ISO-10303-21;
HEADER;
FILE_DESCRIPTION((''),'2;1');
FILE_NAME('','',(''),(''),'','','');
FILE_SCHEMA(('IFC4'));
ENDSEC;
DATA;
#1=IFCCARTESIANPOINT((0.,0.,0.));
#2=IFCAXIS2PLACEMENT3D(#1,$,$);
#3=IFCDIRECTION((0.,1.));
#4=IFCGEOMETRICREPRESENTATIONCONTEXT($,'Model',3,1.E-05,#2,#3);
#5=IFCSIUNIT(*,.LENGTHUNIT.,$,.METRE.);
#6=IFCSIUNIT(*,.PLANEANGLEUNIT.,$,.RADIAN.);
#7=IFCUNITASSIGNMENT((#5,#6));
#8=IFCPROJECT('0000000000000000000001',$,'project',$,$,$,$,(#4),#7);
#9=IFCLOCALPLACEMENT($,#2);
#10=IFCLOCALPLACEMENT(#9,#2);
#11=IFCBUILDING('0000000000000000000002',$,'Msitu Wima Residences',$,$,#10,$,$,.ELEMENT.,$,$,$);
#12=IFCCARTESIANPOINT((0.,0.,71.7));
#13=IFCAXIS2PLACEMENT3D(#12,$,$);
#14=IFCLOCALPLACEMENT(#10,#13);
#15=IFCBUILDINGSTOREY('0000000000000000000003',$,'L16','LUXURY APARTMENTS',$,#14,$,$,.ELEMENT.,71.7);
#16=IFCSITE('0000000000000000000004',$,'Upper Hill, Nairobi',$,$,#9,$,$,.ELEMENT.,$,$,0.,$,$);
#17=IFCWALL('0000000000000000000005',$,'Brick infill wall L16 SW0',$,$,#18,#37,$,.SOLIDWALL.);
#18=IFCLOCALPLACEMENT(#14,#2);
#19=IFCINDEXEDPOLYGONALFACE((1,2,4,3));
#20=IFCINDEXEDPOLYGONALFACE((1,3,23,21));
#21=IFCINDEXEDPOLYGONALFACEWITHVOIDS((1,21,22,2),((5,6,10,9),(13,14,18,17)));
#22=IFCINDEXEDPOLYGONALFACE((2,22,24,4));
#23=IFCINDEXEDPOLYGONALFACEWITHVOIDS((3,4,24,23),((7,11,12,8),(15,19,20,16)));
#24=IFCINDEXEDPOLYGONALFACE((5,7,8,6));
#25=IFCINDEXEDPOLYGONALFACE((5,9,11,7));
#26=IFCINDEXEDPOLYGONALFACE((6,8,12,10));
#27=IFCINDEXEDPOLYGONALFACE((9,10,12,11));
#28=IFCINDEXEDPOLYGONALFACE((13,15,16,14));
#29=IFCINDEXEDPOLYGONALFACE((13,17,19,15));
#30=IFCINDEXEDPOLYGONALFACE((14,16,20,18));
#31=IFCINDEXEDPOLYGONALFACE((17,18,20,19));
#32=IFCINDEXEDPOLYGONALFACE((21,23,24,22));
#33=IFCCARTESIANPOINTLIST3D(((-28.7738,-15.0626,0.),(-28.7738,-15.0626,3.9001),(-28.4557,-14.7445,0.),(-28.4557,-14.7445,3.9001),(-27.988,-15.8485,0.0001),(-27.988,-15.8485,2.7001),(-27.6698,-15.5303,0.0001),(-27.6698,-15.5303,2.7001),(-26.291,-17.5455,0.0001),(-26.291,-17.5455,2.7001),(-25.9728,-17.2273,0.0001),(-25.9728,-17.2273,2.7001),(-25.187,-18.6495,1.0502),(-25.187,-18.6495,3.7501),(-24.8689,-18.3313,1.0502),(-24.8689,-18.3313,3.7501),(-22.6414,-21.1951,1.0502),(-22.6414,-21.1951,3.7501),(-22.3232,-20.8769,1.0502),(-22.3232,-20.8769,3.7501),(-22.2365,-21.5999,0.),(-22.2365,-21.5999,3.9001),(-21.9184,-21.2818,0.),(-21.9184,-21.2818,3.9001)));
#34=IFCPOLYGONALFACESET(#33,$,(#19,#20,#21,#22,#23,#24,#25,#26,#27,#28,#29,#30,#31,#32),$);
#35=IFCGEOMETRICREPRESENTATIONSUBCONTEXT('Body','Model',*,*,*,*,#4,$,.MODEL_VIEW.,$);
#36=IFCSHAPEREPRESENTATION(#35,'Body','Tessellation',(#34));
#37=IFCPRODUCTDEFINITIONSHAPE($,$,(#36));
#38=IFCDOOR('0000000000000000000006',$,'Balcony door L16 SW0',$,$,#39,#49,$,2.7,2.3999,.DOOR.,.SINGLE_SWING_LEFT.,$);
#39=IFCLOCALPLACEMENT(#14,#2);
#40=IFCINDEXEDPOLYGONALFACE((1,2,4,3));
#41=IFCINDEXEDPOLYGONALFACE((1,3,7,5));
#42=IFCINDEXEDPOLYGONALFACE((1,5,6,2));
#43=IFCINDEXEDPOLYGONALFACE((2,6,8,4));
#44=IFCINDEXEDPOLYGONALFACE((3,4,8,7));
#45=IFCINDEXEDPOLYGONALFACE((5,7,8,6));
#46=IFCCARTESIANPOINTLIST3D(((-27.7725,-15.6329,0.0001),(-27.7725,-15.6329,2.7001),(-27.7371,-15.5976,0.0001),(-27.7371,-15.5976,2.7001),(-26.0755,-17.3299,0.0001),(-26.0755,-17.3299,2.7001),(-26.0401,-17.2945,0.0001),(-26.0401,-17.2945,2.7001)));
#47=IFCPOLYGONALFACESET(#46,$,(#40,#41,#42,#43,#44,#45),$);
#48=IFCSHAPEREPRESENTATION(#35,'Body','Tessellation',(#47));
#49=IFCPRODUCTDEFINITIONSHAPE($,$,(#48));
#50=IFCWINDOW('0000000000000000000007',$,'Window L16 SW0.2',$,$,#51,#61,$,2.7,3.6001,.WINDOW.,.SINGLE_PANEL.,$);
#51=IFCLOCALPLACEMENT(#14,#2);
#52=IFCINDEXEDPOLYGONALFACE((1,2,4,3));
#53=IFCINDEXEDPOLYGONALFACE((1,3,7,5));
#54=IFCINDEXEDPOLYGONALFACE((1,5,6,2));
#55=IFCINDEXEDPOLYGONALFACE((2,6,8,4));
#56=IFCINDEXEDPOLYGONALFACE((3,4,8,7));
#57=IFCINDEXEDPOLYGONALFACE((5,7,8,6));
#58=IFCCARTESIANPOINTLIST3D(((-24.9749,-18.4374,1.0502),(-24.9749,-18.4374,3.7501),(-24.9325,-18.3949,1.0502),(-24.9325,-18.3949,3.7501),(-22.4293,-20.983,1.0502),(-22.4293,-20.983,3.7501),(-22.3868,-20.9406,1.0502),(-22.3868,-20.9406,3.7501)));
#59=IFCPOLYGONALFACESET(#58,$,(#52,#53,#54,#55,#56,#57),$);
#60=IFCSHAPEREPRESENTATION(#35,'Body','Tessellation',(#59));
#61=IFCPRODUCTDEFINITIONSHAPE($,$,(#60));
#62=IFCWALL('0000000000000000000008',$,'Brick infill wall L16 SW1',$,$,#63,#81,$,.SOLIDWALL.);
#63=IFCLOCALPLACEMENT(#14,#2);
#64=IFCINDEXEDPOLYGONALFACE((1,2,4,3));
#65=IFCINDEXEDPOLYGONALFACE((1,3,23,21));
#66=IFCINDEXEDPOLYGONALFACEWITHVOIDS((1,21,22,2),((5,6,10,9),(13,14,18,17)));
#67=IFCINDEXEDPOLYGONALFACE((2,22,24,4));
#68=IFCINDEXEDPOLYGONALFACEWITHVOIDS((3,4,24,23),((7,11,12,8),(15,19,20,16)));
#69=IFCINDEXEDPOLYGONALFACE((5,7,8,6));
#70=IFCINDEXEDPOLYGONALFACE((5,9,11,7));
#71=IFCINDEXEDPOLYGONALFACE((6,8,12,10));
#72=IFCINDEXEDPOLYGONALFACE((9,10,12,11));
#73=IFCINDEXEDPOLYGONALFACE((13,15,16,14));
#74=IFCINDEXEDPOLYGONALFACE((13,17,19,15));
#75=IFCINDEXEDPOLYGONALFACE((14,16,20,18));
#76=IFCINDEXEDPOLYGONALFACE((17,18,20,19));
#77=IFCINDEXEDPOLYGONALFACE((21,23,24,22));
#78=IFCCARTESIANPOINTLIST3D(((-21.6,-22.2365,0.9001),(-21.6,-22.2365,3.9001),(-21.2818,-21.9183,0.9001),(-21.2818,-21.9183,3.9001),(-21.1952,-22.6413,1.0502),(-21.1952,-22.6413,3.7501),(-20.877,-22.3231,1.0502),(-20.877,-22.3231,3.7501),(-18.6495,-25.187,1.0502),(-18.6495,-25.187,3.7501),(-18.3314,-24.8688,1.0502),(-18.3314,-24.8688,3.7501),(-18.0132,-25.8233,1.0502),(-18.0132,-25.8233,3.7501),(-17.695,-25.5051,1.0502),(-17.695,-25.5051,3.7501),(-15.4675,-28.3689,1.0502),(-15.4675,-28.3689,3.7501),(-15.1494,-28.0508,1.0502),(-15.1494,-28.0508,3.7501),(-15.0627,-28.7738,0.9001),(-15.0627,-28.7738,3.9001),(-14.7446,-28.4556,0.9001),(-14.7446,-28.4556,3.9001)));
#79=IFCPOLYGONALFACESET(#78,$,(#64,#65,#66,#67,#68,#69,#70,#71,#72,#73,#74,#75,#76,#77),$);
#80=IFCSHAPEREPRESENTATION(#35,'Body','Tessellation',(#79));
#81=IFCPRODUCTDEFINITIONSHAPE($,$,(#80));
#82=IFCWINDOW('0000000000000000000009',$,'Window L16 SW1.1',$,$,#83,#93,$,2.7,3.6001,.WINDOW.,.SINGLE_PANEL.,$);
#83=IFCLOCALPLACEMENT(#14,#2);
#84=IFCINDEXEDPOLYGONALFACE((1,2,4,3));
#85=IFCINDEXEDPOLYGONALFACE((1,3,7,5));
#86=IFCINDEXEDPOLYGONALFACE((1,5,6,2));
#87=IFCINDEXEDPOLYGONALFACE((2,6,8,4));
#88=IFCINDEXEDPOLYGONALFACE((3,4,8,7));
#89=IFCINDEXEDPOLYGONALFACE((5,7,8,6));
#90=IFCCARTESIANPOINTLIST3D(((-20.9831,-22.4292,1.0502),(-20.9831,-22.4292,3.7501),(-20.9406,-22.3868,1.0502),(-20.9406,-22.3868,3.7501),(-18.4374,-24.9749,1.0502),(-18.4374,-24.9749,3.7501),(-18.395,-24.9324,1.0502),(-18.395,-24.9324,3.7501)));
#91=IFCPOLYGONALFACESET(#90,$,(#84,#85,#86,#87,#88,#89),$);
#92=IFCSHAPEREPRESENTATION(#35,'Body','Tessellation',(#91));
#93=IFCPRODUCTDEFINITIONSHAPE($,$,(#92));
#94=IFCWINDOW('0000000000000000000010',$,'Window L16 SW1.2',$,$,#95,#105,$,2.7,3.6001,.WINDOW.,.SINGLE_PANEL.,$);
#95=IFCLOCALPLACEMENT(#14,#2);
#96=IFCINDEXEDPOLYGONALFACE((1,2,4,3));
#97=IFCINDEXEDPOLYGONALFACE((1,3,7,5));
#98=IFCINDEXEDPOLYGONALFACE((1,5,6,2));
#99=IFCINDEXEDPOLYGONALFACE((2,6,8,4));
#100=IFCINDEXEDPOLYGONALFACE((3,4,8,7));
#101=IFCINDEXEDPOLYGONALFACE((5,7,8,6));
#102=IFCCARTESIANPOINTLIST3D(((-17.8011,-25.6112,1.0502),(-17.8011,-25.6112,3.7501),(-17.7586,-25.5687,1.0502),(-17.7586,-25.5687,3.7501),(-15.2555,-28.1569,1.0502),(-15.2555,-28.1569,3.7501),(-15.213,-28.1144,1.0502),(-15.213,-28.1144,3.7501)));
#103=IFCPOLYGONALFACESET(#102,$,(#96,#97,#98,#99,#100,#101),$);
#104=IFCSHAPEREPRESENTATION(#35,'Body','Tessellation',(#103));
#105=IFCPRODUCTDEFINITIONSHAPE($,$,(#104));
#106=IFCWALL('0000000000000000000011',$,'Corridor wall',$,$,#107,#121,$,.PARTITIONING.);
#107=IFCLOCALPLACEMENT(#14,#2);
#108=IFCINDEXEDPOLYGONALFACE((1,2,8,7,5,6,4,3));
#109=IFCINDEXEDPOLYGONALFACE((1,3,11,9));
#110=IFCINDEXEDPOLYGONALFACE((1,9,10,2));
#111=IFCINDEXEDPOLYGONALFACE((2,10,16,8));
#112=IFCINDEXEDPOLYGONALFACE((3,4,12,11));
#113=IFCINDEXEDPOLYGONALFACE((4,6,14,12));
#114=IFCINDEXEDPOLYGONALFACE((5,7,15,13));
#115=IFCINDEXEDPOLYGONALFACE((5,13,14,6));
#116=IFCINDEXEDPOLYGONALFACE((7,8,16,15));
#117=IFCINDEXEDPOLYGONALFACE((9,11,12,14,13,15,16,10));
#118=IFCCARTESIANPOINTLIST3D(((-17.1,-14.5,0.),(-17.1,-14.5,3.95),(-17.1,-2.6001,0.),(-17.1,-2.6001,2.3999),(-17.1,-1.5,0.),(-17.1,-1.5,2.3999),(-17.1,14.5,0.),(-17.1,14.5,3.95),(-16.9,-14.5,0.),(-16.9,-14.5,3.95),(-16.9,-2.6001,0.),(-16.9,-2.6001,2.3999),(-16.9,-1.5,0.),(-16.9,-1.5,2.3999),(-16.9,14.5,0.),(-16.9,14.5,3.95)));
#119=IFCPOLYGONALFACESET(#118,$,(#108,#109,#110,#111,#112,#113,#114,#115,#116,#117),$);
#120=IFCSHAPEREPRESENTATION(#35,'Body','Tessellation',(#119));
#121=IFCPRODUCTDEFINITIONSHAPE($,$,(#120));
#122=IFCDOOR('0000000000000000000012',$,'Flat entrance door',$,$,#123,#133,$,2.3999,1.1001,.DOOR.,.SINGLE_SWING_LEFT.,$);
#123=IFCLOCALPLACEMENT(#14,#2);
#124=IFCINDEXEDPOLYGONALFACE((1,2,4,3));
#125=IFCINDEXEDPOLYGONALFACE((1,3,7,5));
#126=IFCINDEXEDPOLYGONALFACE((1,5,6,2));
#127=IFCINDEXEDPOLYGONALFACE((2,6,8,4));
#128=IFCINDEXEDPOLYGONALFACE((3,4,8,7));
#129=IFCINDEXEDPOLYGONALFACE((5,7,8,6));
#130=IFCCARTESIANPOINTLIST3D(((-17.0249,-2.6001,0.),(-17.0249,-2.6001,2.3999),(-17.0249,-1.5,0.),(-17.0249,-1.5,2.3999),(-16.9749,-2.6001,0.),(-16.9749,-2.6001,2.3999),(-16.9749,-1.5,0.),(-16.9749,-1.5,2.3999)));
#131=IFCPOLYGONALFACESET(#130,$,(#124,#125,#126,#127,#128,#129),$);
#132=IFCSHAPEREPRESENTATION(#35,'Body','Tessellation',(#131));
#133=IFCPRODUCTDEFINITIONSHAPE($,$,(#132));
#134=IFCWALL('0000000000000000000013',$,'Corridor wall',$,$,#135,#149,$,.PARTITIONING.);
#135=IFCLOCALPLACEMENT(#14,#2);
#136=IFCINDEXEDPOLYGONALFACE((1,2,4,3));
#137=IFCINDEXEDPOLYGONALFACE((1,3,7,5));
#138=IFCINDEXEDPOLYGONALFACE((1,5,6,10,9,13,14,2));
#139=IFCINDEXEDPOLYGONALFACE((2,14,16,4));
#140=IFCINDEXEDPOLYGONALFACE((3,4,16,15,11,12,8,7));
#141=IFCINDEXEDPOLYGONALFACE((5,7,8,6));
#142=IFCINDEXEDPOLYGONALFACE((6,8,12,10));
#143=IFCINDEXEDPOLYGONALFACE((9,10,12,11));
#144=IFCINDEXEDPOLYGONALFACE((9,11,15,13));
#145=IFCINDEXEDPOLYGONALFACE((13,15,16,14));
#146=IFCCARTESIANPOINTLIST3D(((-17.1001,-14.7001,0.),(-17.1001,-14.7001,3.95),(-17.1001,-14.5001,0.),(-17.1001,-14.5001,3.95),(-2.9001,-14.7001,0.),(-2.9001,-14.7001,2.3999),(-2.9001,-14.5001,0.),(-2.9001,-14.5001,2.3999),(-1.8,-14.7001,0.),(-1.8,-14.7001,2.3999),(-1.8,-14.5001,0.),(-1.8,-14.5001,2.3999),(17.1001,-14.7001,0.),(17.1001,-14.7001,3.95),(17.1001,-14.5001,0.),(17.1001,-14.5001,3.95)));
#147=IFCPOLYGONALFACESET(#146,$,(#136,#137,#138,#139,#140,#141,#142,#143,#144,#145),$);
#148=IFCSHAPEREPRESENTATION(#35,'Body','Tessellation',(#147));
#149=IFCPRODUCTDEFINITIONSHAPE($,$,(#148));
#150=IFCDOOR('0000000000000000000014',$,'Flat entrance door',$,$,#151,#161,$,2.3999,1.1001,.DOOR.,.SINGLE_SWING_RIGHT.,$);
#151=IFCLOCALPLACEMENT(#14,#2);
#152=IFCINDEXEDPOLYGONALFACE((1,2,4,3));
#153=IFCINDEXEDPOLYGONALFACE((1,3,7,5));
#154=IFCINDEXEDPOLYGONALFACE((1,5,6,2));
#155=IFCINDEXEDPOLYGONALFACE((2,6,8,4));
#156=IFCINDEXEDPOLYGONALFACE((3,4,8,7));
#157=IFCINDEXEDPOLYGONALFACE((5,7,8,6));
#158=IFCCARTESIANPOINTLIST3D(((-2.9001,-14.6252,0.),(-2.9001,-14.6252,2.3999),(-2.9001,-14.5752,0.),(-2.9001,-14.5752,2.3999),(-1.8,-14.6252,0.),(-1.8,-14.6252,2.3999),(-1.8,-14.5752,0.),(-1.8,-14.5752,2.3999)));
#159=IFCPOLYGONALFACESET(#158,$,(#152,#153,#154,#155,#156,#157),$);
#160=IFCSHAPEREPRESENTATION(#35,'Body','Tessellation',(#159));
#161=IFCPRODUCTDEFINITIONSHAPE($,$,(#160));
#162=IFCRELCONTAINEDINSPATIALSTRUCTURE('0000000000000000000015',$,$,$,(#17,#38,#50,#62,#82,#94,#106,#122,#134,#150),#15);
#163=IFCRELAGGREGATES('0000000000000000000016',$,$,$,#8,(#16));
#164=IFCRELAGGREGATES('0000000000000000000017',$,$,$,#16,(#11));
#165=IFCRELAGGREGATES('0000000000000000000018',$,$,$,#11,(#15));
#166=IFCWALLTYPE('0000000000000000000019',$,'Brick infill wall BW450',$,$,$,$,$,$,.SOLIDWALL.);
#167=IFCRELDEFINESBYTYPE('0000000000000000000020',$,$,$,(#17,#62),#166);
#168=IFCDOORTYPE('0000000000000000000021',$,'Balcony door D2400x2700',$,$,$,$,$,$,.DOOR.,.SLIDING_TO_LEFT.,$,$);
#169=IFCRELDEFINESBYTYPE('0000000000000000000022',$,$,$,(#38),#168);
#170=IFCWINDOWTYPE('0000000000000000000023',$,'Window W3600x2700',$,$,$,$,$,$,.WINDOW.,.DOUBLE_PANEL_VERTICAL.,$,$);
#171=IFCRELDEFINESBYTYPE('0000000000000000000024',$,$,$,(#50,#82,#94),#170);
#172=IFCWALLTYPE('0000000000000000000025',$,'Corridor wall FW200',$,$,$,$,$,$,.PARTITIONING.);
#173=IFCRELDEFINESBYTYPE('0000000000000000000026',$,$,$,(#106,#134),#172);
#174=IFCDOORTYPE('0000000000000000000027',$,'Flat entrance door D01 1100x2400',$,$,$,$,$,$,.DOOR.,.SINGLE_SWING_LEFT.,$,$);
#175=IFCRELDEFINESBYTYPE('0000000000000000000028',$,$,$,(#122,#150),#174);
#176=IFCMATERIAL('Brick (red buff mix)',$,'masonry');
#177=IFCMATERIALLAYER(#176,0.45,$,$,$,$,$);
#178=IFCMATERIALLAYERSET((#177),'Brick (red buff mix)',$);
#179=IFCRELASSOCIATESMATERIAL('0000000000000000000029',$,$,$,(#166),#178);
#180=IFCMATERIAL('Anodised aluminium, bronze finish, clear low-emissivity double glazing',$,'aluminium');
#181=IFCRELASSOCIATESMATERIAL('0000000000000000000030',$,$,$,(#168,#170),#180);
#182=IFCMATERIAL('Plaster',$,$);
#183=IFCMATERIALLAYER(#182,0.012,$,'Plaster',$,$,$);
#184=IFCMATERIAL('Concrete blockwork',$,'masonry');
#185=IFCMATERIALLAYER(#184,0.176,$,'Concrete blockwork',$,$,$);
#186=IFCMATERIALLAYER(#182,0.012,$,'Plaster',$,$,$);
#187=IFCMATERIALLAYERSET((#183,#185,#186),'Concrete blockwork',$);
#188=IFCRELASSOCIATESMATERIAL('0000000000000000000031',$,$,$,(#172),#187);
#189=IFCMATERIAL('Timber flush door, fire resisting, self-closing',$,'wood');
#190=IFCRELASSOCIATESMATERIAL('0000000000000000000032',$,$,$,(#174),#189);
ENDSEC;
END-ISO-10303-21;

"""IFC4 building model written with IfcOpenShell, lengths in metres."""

from ifc_helpers import new_model, si_unit, direction, frame, frame_2d, origin, place, context, subcontext, project, spatial, rectangle, extrude, material, layer, layer_set, type_object, element, fill, save


model = new_model("IFC4")

# Units and contexts
model_context = context("Model", 3, precision=1e-05, world=origin(), true_north=direction((0.0, 1.0)))
body_context = subcontext(model_context, "Body", "Model", "MODEL_VIEW")
ifc_project = project(units=[si_unit("LENGTHUNIT", "METRE"), si_unit("PLANEANGLEUNIT", "RADIAN")], contexts=[model_context])

# Site, building, storey
site_placement = place(None, origin())
site = spatial("IfcSite", under=ifc_project, at=site_placement, Name="Upper Hill, Nairobi", CompositionType="ELEMENT", RefElevation=0.0)
building_placement = place(site_placement, origin())
building = spatial("IfcBuilding", under=site, at=building_placement, Name="Msitu Wima Residences", CompositionType="ELEMENT")
storey_placement = place(building_placement, frame((0.0, 0.0, 71.7)))
storey = spatial("IfcBuildingStorey", under=building, at=storey_placement, Name="L16", Description="LUXURY APARTMENTS", CompositionType="ELEMENT", Elevation=71.7)

# Wall, openings, door, window
ifc_material_1 = material(Name="Brick (red buff mix)", Category="masonry")
ifc_layer_1 = layer(ifc_material_1, 0.45)
ifc_layer_set_1 = layer_set([ifc_layer_1], Name="Brick (red buff mix)")
wall_type_1 = type_object("IfcWallType", Name="Brick infill wall BW450", PredefinedType="SOLIDWALL", material=ifc_layer_set_1)
wall_1_placement = place(storey_placement, frame((-28.6147, -14.9036, 0.0), z_axis=(0.0, 0.0, 1.0), x_axis=(0.707107, -0.707107, 0.0)))
wall_1 = element("IfcWall", 1, at=wall_1_placement, inside=storey, type_object=wall_type_1, Name="Brick infill wall L16 SW0", PredefinedType="SOLIDWALL", context=body_context, shape_type="SweptSolid", body=[
    extrude(rectangle(XDim=9.2451, YDim=0.45, at=frame_2d((4.6226, 0.0))), origin(), (0.0, 0.0, 1.0), 3.9001),
])
opening_1_placement = place(wall_1_placement, frame((1.1113, 0.0, 0.0)))
opening_1 = element("IfcOpeningElement", 2, at=opening_1_placement, cuts=wall_1, PredefinedType="OPENING", context=body_context, shape_type="SweptSolid", body=[
    extrude(rectangle(XDim=2.3999, YDim=2.7, at=frame_2d((1.2, 1.3501))), frame((0.0, 0.2349, 0.0), z_axis=(0.0, -1.0, 0.0), x_axis=(1.0, 0.0, 0.0)), (0.0, 0.0, 1.0), 0.47),
])
opening_2_placement = place(wall_1_placement, frame((5.0725, 0.0, 1.05)))
opening_2 = element("IfcOpeningElement", 3, at=opening_2_placement, cuts=wall_1, PredefinedType="OPENING", context=body_context, shape_type="SweptSolid", body=[
    extrude(rectangle(XDim=3.6001, YDim=2.7, at=frame_2d((1.8, 1.3501))), frame((0.0, 0.2349, 0.0), z_axis=(0.0, -1.0, 0.0), x_axis=(1.0, 0.0, 0.0)), (0.0, 0.0, 1.0), 0.47),
])
ifc_material_2 = material(Name="Anodised aluminium, bronze finish, clear low-emissivity double glazing", Category="aluminium")
door_type_1 = type_object("IfcDoorType", Name="Balcony door D2400x2700", OperationType="SLIDING_TO_LEFT", PredefinedType="DOOR", material=ifc_material_2)
door_1_placement = place(opening_1_placement, origin())
door_1 = element("IfcDoor", 4, at=door_1_placement, inside=storey, type_object=door_type_1, Name="Balcony door L16 SW0", OperationType="SINGLE_SWING_LEFT", OverallHeight=2.7, OverallWidth=2.3999, PredefinedType="DOOR", context=body_context, shape_type="SweptSolid", body=[
    extrude(rectangle(XDim=2.3999, YDim=2.7, at=frame_2d((1.2, 1.3501))), frame((0.0, 0.1299, 0.0), z_axis=(0.0, -1.0, 0.0), x_axis=(1.0, 0.0, 0.0)), (0.0, 0.0, 1.0), 0.05),
])
fill(opening_1, door_1)
window_type = type_object("IfcWindowType", Name="Window W3600x2700", PartitioningType="DOUBLE_PANEL_VERTICAL", PredefinedType="WINDOW", material=ifc_material_2)
window_1_placement = place(opening_2_placement, origin())
window_1 = element("IfcWindow", 5, at=window_1_placement, inside=storey, type_object=window_type, Name="Window L16 SW0.2", OverallHeight=2.7, OverallWidth=3.6001, PartitioningType="SINGLE_PANEL", PredefinedType="WINDOW", context=body_context, shape_type="SweptSolid", body=[
    extrude(rectangle(XDim=3.6001, YDim=2.7, at=frame_2d((1.8, 1.3501))), frame((0.0, 0.135, 0.0), z_axis=(0.0, -1.0, 0.0), x_axis=(1.0, 0.0, 0.0)), (0.0, 0.0, 1.0), 0.0601),
])
fill(opening_2, window_1)

# Wall, openings, windows
wall_2_placement = place(storey_placement, frame((-21.4409, -22.0774, 0.9001), z_axis=(0.0, 0.0, 1.0), x_axis=(0.707107, -0.707107, 0.0)))
wall_2 = element("IfcWall", 6, at=wall_2_placement, inside=storey, type_object=wall_type_1, Name="Brick infill wall L16 SW1", PredefinedType="SOLIDWALL", context=body_context, shape_type="SweptSolid", body=[
    extrude(rectangle(XDim=9.2451, YDim=0.45, at=frame_2d((4.6226, 0.0))), origin(), (0.0, 0.0, 1.0), 3.0),
])
opening_3_placement = place(wall_2_placement, frame((0.5725, 0.0, 0.1499)))
opening_3 = element("IfcOpeningElement", 7, at=opening_3_placement, cuts=wall_2, PredefinedType="OPENING", context=body_context, shape_type="SweptSolid", body=[
    extrude(rectangle(XDim=3.6001, YDim=2.7, at=frame_2d((1.8, 1.3501))), frame((0.0, 0.2349, 0.0), z_axis=(0.0, -1.0, 0.0), x_axis=(1.0, 0.0, 0.0)), (0.0, 0.0, 1.0), 0.47),
])
opening_4_placement = place(wall_2_placement, frame((5.0725, 0.0, 0.1499)))
opening_4 = element("IfcOpeningElement", 8, at=opening_4_placement, cuts=wall_2, PredefinedType="OPENING", context=body_context, shape_type="SweptSolid", body=[
    extrude(rectangle(XDim=3.6001, YDim=2.7, at=frame_2d((1.8, 1.3501))), frame((0.0, 0.2349, 0.0), z_axis=(0.0, -1.0, 0.0), x_axis=(1.0, 0.0, 0.0)), (0.0, 0.0, 1.0), 0.47),
])
window_2_placement = place(opening_3_placement, origin())
window_2 = element("IfcWindow", 9, at=window_2_placement, inside=storey, type_object=window_type, Name="Window L16 SW1.1", OverallHeight=2.7, OverallWidth=3.6001, PartitioningType="SINGLE_PANEL", PredefinedType="WINDOW", context=body_context, shape_type="SweptSolid", body=[
    extrude(rectangle(XDim=3.6001, YDim=2.7, at=frame_2d((1.8, 1.3501))), frame((0.0, 0.135, 0.0), z_axis=(0.0, -1.0, 0.0), x_axis=(1.0, 0.0, 0.0)), (0.0, 0.0, 1.0), 0.0601),
])
fill(opening_3, window_2)
window_3_placement = place(opening_4_placement, origin())
window_3 = element("IfcWindow", 10, at=window_3_placement, inside=storey, type_object=window_type, Name="Window L16 SW1.2", OverallHeight=2.7, OverallWidth=3.6001, PartitioningType="SINGLE_PANEL", PredefinedType="WINDOW", context=body_context, shape_type="SweptSolid", body=[
    extrude(rectangle(XDim=3.6001, YDim=2.7, at=frame_2d((1.8, 1.3501))), frame((0.0, 0.135, 0.0), z_axis=(0.0, -1.0, 0.0), x_axis=(1.0, 0.0, 0.0)), (0.0, 0.0, 1.0), 0.0601),
])
fill(opening_4, window_3)

# Walls, openings, doors
ifc_material_3 = material(Name="Plaster")
ifc_layer_2 = layer(ifc_material_3, 0.012, Name="Plaster")
ifc_material_4 = material(Name="Concrete blockwork", Category="masonry")
ifc_layer_3 = layer(ifc_material_4, 0.176, Name="Concrete blockwork")
ifc_layer_4 = layer(ifc_material_3, 0.012, Name="Plaster")
ifc_layer_set_2 = layer_set([ifc_layer_2, ifc_layer_3, ifc_layer_4], Name="Concrete blockwork")
wall_type_2 = type_object("IfcWallType", Name="Corridor wall FW200", PredefinedType="PARTITIONING", material=ifc_layer_set_2)
wall_3_placement = place(storey_placement, frame((-17.0, -14.5, 0.0), z_axis=(0.0, 0.0, 1.0), x_axis=(0.0, 1.0, 0.0)))
wall_3 = element("IfcWall", 11, at=wall_3_placement, inside=storey, type_object=wall_type_2, Name="Corridor wall", PredefinedType="PARTITIONING", context=body_context, shape_type="SweptSolid", body=[
    extrude(rectangle(XDim=29.0, YDim=0.2, at=frame_2d((14.5, 0.0))), origin(), (0.0, 0.0, 1.0), 3.95),
])
opening_5_placement = place(wall_3_placement, frame((11.8999, 0.0, 0.0)))
opening_5 = element("IfcOpeningElement", 12, at=opening_5_placement, cuts=wall_3, PredefinedType="OPENING", context=body_context, shape_type="SweptSolid", body=[
    extrude(rectangle(XDim=1.1001, YDim=2.3999, at=frame_2d((0.55, 1.2))), frame((0.0, 0.1099, 0.0), z_axis=(0.0, -1.0, 0.0), x_axis=(1.0, 0.0, 0.0)), (0.0, 0.0, 1.0), 0.22),
])
ifc_material_5 = material(Name="Timber flush door, fire resisting, self-closing", Category="wood")
door_type_2 = type_object("IfcDoorType", Name="Flat entrance door D01 1100x2400", OperationType="SINGLE_SWING_LEFT", PredefinedType="DOOR", material=ifc_material_5)
door_2_placement = place(opening_5_placement, origin())
door_2 = element("IfcDoor", 13, at=door_2_placement, inside=storey, type_object=door_type_2, Name="Flat entrance door", OperationType="SINGLE_SWING_LEFT", OverallHeight=2.3999, OverallWidth=1.1001, PredefinedType="DOOR", context=body_context, shape_type="SweptSolid", body=[
    extrude(rectangle(XDim=1.1001, YDim=2.3999, at=frame_2d((0.55, 1.2))), frame((0.0, 0.0249, 0.0), z_axis=(0.0, -1.0, 0.0), x_axis=(1.0, 0.0, 0.0)), (0.0, 0.0, 1.0), 0.05),
])
fill(opening_5, door_2)
wall_4_placement = place(storey_placement, frame((-17.1001, -14.6001, 0.0), z_axis=(0.0, 0.0, 1.0), x_axis=(1.0, 0.0, 0.0)))
wall_4 = element("IfcWall", 14, at=wall_4_placement, inside=storey, type_object=wall_type_2, Name="Corridor wall", PredefinedType="PARTITIONING", context=body_context, shape_type="SweptSolid", body=[
    extrude(rectangle(XDim=34.2002, YDim=0.2, at=frame_2d((17.1001, 0.0))), origin(), (0.0, 0.0, 1.0), 3.95),
])
opening_6_placement = place(wall_4_placement, frame((14.2, 0.0, 0.0)))
opening_6 = element("IfcOpeningElement", 15, at=opening_6_placement, cuts=wall_4, PredefinedType="OPENING", context=body_context, shape_type="SweptSolid", body=[
    extrude(rectangle(XDim=1.1001, YDim=2.3999, at=frame_2d((0.55, 1.2))), frame((0.0, 0.1099, 0.0), z_axis=(0.0, -1.0, 0.0), x_axis=(1.0, 0.0, 0.0)), (0.0, 0.0, 1.0), 0.22),
])
door_3_placement = place(opening_6_placement, origin())
door_3 = element("IfcDoor", 16, at=door_3_placement, inside=storey, type_object=door_type_2, Name="Flat entrance door", OperationType="SINGLE_SWING_RIGHT", OverallHeight=2.3999, OverallWidth=1.1001, PredefinedType="DOOR", context=body_context, shape_type="SweptSolid", body=[
    extrude(rectangle(XDim=1.1001, YDim=2.3999, at=frame_2d((0.55, 1.2))), frame((0.0, 0.0249, 0.0), z_axis=(0.0, -1.0, 0.0), x_axis=(1.0, 0.0, 0.0)), (0.0, 0.0, 1.0), 0.05),
])
fill(opening_6, door_3)

save(model, "model.ifc")
